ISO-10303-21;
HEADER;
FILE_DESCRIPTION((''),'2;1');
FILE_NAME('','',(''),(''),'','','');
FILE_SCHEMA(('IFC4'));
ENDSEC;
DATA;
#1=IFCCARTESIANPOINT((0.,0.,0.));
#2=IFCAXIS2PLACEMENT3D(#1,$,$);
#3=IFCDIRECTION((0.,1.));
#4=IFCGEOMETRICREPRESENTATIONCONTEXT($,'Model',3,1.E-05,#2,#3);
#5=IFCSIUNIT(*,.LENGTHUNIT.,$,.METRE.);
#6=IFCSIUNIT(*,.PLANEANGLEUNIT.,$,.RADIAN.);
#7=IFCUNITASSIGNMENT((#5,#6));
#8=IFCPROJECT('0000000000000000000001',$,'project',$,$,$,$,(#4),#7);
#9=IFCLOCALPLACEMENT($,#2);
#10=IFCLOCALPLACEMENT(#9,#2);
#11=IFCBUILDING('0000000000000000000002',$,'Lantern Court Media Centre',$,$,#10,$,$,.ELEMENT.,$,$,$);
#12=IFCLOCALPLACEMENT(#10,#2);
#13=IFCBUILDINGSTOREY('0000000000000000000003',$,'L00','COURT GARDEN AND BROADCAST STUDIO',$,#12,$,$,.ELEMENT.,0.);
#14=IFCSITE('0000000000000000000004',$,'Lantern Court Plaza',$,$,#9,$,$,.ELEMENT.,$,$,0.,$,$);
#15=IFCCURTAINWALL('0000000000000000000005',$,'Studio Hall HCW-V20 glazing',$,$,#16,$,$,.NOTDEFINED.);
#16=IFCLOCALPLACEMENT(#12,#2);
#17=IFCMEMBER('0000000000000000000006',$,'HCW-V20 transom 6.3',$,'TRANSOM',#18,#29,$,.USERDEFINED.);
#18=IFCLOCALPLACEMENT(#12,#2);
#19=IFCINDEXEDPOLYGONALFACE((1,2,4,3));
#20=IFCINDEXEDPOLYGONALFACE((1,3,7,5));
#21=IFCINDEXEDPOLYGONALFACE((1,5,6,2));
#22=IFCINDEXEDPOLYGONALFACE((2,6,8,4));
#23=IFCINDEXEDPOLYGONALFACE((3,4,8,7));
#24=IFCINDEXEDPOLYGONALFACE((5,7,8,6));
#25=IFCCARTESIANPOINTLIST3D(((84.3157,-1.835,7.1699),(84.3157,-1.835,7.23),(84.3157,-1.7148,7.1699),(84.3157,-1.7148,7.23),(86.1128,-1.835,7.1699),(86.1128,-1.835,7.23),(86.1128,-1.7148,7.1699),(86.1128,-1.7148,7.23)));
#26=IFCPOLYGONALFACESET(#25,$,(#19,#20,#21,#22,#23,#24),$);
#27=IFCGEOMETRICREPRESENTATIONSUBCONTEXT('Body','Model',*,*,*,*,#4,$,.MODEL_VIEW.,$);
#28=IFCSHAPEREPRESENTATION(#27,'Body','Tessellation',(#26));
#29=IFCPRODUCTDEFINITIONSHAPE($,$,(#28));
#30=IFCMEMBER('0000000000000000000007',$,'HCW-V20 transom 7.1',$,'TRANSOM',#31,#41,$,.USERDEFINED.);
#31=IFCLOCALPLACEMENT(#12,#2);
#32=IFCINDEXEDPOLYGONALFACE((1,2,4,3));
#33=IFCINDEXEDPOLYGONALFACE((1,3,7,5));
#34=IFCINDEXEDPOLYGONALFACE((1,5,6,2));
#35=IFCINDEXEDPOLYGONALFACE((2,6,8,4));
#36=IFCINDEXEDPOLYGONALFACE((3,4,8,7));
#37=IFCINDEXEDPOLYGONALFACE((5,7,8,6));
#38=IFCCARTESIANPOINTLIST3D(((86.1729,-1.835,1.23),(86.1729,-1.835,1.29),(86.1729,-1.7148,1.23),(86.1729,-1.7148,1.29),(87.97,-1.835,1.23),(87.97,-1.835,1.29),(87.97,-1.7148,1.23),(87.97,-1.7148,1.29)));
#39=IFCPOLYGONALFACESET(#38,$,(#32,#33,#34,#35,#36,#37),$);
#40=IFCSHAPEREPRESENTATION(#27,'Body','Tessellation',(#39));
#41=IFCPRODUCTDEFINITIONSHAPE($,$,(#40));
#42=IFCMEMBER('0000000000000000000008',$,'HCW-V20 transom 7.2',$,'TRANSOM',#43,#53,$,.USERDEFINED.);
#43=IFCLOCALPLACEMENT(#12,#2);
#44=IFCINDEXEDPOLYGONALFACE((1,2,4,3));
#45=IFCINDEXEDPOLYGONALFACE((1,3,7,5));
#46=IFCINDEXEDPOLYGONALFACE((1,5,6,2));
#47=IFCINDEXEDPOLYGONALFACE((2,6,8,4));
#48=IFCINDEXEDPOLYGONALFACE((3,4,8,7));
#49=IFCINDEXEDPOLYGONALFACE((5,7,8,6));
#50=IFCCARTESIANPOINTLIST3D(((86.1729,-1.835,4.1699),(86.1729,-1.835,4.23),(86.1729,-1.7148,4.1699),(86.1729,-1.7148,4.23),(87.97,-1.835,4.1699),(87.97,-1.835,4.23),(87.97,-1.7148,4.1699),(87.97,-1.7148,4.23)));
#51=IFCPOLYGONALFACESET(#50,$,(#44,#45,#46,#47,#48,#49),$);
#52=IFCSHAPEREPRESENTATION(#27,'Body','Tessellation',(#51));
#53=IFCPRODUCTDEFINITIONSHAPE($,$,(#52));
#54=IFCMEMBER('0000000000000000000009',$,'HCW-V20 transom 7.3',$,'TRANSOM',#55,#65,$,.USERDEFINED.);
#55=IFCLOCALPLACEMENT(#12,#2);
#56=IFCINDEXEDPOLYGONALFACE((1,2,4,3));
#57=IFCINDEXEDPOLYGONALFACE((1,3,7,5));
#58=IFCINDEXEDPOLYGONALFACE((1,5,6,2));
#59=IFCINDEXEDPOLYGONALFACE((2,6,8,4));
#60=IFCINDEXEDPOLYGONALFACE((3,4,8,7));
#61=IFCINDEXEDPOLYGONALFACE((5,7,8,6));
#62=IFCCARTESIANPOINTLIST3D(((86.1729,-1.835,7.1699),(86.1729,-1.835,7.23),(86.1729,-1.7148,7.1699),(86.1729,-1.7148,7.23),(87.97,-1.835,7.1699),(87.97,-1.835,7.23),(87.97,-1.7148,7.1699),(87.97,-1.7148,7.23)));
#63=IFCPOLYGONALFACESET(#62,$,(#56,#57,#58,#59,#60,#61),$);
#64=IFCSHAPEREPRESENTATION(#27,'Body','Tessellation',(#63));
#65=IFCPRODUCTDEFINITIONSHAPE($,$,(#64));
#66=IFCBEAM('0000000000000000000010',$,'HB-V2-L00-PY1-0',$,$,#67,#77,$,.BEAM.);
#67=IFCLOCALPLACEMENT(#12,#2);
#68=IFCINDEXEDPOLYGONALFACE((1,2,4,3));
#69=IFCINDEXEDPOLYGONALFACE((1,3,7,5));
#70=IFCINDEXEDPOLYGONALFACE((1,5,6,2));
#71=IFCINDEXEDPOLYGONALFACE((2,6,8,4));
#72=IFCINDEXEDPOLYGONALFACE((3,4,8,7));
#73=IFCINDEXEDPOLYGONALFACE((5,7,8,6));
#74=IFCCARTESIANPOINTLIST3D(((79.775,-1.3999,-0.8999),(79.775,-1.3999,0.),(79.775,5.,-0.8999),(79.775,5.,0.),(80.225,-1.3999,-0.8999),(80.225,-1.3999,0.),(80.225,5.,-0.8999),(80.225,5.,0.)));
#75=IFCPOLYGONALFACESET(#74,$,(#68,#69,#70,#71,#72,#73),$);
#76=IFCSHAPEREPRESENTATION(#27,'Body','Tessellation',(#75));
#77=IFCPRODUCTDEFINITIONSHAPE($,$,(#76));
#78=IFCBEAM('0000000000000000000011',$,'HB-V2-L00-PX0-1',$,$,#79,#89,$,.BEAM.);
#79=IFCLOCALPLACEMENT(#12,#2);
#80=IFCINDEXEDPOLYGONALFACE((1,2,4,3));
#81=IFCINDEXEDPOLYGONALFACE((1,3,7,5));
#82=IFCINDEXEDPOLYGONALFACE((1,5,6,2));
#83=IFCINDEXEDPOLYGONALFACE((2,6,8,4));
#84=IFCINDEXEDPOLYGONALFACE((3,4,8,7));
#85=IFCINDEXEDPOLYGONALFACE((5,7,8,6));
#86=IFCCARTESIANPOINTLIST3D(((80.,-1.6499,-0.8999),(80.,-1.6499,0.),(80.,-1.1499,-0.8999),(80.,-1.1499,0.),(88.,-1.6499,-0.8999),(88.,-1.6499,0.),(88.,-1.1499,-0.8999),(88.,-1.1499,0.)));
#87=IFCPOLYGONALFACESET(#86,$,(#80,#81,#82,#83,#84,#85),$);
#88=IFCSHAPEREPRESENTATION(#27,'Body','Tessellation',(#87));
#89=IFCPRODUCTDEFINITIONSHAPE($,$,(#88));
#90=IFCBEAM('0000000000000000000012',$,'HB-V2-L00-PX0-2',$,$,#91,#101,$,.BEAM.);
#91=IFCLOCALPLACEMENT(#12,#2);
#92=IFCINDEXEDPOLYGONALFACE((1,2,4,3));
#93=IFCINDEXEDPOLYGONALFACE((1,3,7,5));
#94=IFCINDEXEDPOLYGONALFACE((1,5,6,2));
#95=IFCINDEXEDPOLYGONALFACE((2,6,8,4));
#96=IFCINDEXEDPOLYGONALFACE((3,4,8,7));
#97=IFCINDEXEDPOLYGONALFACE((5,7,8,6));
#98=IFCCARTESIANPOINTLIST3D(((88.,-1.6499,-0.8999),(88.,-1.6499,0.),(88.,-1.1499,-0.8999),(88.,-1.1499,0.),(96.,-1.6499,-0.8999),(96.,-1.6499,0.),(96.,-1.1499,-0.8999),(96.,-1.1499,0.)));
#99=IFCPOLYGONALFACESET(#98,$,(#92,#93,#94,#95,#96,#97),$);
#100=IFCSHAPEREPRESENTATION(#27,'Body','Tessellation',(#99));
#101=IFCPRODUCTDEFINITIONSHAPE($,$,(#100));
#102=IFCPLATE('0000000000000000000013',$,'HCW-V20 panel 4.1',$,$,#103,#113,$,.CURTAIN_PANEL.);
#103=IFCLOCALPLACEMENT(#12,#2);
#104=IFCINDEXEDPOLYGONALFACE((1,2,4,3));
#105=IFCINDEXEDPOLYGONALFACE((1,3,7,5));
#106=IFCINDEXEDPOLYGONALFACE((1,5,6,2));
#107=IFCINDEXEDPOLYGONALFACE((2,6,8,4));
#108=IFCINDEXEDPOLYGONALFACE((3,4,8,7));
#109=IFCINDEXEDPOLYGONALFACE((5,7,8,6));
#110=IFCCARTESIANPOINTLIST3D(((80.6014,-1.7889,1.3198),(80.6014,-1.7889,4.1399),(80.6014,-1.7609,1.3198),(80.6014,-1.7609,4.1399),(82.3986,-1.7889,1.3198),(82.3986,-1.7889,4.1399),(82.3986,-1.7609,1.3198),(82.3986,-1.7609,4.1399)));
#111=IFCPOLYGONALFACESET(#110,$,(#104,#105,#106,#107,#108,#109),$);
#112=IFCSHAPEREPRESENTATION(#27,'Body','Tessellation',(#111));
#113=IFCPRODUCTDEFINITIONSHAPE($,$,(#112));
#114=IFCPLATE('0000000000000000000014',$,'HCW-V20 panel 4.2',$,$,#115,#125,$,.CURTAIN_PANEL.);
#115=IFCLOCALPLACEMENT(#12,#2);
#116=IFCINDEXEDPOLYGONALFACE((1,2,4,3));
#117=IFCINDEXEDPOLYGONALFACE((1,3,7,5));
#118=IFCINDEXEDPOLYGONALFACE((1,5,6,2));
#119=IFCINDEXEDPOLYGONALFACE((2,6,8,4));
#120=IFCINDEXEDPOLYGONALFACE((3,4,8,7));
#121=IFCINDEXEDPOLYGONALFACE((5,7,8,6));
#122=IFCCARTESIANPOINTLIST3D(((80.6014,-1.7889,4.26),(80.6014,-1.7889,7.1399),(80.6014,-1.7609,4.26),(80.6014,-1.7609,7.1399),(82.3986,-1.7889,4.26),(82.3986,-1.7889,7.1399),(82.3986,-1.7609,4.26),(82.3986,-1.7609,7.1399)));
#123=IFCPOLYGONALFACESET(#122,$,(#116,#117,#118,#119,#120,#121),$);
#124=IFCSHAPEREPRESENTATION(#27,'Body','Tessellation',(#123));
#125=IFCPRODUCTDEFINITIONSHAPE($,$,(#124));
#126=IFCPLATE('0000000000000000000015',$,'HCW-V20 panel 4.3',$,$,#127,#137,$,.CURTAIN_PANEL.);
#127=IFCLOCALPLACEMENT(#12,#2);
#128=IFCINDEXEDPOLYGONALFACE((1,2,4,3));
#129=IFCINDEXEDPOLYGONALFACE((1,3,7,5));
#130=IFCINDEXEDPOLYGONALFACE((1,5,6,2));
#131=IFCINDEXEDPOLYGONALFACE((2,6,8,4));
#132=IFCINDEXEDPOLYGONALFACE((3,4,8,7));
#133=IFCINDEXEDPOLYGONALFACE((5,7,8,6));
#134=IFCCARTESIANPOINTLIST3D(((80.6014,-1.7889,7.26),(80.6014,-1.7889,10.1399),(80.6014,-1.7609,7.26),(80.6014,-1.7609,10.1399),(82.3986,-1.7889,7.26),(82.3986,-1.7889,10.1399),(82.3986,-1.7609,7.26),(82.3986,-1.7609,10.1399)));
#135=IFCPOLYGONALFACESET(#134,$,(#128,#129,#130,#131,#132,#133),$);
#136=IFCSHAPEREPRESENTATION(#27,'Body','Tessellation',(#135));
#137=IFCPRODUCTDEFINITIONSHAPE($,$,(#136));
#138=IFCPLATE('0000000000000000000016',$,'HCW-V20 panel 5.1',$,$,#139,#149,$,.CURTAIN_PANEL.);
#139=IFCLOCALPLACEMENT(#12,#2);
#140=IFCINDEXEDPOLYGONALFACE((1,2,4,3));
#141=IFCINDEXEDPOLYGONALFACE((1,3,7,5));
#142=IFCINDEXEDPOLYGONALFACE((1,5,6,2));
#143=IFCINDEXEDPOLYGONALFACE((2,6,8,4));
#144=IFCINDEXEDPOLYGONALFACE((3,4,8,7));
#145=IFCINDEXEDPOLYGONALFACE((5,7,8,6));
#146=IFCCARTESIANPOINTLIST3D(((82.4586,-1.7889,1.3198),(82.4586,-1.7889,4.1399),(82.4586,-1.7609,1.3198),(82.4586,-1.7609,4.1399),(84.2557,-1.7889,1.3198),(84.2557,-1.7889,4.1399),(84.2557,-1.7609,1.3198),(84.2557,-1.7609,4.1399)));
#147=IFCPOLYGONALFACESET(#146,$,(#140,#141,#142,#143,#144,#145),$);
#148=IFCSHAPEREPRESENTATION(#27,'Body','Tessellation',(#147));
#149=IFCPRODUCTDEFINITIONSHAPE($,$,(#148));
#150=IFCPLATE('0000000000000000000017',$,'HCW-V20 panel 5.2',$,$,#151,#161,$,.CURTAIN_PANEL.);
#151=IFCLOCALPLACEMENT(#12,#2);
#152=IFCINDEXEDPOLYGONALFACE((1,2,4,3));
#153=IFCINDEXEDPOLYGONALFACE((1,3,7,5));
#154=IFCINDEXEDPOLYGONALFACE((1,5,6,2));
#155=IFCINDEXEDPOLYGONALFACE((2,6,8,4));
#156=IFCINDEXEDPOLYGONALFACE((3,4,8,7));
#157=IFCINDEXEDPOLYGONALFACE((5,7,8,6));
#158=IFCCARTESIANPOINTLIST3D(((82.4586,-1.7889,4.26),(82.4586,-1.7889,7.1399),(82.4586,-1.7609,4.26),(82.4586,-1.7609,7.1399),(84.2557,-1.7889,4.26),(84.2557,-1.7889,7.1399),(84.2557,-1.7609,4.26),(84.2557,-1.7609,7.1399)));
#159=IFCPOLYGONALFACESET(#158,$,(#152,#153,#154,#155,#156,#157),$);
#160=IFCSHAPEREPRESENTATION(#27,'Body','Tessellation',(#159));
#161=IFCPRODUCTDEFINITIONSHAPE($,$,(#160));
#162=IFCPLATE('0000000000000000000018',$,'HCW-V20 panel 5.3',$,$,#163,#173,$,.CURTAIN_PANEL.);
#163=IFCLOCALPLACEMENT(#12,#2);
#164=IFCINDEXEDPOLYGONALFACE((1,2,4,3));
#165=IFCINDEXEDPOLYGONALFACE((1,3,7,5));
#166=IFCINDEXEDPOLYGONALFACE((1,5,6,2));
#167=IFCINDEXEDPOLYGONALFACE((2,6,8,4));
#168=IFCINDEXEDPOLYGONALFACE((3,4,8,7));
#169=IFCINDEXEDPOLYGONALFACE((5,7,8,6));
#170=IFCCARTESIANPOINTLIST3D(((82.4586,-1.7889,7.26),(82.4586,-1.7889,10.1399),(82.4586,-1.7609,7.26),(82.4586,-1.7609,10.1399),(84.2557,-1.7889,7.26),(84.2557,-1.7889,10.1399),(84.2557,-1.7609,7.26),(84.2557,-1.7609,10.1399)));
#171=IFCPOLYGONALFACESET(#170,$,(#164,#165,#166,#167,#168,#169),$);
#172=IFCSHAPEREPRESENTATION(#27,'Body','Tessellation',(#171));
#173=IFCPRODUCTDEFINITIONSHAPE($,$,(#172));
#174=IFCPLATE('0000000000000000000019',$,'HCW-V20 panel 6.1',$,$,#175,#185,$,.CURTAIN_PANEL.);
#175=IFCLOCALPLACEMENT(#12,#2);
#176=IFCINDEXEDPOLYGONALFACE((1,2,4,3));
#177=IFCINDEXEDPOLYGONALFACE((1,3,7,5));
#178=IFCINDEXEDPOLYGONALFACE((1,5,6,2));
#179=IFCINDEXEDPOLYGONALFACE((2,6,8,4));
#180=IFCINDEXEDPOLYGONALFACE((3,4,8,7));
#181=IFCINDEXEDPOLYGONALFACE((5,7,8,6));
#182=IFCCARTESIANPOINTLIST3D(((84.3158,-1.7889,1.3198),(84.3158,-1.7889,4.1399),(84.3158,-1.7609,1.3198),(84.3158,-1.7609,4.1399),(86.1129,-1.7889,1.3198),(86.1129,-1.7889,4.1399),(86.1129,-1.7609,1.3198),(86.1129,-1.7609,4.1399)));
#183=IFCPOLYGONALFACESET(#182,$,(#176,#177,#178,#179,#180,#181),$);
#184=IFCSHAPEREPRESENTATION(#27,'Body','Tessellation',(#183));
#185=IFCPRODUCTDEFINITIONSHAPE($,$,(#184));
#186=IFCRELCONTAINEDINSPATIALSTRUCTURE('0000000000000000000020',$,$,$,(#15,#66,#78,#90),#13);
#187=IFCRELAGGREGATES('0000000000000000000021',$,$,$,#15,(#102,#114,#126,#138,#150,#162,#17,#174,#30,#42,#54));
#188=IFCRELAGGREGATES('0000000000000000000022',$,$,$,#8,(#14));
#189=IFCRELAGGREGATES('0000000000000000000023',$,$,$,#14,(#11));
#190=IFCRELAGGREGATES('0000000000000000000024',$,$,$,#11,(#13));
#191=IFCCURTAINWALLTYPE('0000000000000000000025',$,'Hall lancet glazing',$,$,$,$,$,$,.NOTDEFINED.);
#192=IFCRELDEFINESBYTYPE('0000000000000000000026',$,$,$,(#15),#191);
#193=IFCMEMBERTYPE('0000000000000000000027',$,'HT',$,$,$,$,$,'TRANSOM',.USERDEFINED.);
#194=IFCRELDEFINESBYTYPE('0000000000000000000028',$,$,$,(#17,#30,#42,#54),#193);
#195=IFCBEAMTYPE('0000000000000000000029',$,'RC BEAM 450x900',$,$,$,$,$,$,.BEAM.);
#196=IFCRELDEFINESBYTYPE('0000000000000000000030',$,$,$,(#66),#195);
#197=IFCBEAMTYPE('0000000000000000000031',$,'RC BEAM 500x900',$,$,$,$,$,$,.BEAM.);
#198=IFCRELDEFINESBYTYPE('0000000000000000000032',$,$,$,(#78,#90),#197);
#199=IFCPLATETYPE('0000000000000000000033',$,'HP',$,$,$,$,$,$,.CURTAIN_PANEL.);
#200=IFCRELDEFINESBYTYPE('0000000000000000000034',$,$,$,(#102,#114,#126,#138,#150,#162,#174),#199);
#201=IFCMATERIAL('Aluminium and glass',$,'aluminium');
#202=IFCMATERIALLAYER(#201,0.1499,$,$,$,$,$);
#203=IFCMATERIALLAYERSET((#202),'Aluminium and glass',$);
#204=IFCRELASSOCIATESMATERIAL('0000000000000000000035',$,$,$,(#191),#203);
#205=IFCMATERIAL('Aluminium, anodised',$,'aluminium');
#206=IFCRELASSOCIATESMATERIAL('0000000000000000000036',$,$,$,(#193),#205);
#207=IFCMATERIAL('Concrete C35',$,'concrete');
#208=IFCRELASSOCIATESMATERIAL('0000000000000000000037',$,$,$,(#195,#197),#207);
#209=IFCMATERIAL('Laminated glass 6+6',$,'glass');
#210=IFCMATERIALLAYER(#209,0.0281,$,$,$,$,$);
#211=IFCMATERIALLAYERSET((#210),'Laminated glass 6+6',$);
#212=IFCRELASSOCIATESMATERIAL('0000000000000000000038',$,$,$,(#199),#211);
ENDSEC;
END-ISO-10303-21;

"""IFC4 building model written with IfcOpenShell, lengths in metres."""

from ifc_helpers import new_model, si_unit, direction, frame, origin, origin_2d, place, context, subcontext, project, spatial, rectangle, extrude, material, layer, layer_set, material_profile, profile_set, type_object, element, aggregate, save


model = new_model("IFC4")

# Units and contexts
model_context = context("Model", 3, precision=1e-05, world=origin(), true_north=direction((0.0, 1.0)))
body_context = subcontext(model_context, "Body", "Model", "MODEL_VIEW")
ifc_project = project(units=[si_unit("LENGTHUNIT", "METRE"), si_unit("PLANEANGLEUNIT", "RADIAN")], contexts=[model_context])

# Site, building, storey
site_placement = place(None, origin())
site = spatial("IfcSite", under=ifc_project, at=site_placement, Name="Lantern Court Plaza", CompositionType="ELEMENT", RefElevation=0.0)
building_placement = place(site_placement, origin())
building = spatial("IfcBuilding", under=site, at=building_placement, Name="Lantern Court Media Centre", CompositionType="ELEMENT")
storey_placement = place(building_placement, origin())
storey = spatial("IfcBuildingStorey", under=building, at=storey_placement, Name="L00", Description="COURT GARDEN AND BROADCAST STUDIO", CompositionType="ELEMENT", Elevation=0.0)

# Shared definitions
ifc_material_1 = material(Name="Concrete C35", Category="concrete")

# Curtain wall, members
ifc_material_2 = material(Name="Aluminium and glass", Category="aluminium")
ifc_layer_1 = layer(ifc_material_2, 0.1499)
ifc_layer_set_1 = layer_set([ifc_layer_1], Name="Aluminium and glass")
curtain_wall_type = type_object("IfcCurtainWallType", Name="Hall lancet glazing", PredefinedType="NOTDEFINED", material=ifc_layer_set_1)
curtain_wall_placement = place(storey_placement, origin())
curtain_wall = element("IfcCurtainWall", 1, at=curtain_wall_placement, inside=storey, type_object=curtain_wall_type, Name="Studio Hall HCW-V20 glazing", PredefinedType="NOTDEFINED")
ifc_material_3 = material(Name="Aluminium, anodised", Category="aluminium")
ifc_material_profile_1 = material_profile(ifc_material_3, rectangle(XDim=0.1201, YDim=0.0601, at=origin_2d()), Name="HT")
ifc_profile_set_1 = profile_set([ifc_material_profile_1], Name="Aluminium, anodised")
member_type_1 = type_object("IfcMemberType", Name="HT", ElementType="TRANSOM", PredefinedType="USERDEFINED", material=ifc_profile_set_1)
member_1_placement = place(storey_placement, frame((84.3157, -1.7749, 7.2), z_axis=(1.0, 0.0, 0.0), x_axis=(0.0, 1.0, 0.0)))
member_1 = element("IfcMember", 2, at=member_1_placement, type_object=member_type_1, Name="HCW-V20 transom 6.3", ObjectType="TRANSOM", PredefinedType="USERDEFINED", context=body_context, shape_type="SweptSolid", body=[
    extrude(rectangle(XDim=0.1201, YDim=0.0601, at=origin_2d()), origin(), (0.0, 0.0, 1.0), 1.7971),
])
member_2_placement = place(storey_placement, frame((86.1729, -1.7749, 1.26), z_axis=(1.0, 0.0, 0.0), x_axis=(0.0, 1.0, 0.0)))
member_2 = element("IfcMember", 3, at=member_2_placement, type_object=member_type_1, Name="HCW-V20 transom 7.1", ObjectType="TRANSOM", PredefinedType="USERDEFINED", context=body_context, shape_type="SweptSolid", body=[
    extrude(rectangle(XDim=0.1201, YDim=0.0601, at=origin_2d()), origin(), (0.0, 0.0, 1.0), 1.7971),
])
member_3_placement = place(storey_placement, frame((86.1729, -1.7749, 4.2), z_axis=(1.0, 0.0, 0.0), x_axis=(0.0, 1.0, 0.0)))
member_3 = element("IfcMember", 4, at=member_3_placement, type_object=member_type_1, Name="HCW-V20 transom 7.2", ObjectType="TRANSOM", PredefinedType="USERDEFINED", context=body_context, shape_type="SweptSolid", body=[
    extrude(rectangle(XDim=0.1201, YDim=0.0601, at=origin_2d()), origin(), (0.0, 0.0, 1.0), 1.7971),
])
member_4_placement = place(storey_placement, frame((86.1729, -1.7749, 7.2), z_axis=(1.0, 0.0, 0.0), x_axis=(0.0, 1.0, 0.0)))
member_4 = element("IfcMember", 5, at=member_4_placement, type_object=member_type_1, Name="HCW-V20 transom 7.3", ObjectType="TRANSOM", PredefinedType="USERDEFINED", context=body_context, shape_type="SweptSolid", body=[
    extrude(rectangle(XDim=0.1201, YDim=0.0601, at=origin_2d()), origin(), (0.0, 0.0, 1.0), 1.7971),
])

# Beams
ifc_material_profile_2 = material_profile(ifc_material_1, rectangle(XDim=0.45, YDim=0.8999, at=origin_2d()), Name="RC 450x900")
ifc_profile_set_2 = profile_set([ifc_material_profile_2], Name="Concrete C35")
beam_type_1 = type_object("IfcBeamType", Name="RC BEAM 450x900", PredefinedType="BEAM", material=ifc_profile_set_2)
beam_placement = place(storey_placement, frame((80.0, -1.3999, -0.45), z_axis=(0.0, 1.0, 0.0), x_axis=(-1.0, 0.0, 0.0)))
element("IfcBeam", 6, at=beam_placement, inside=storey, type_object=beam_type_1, Name="HB-V2-L00-PY1-0", PredefinedType="BEAM", context=body_context, shape_type="SweptSolid", body=[
    extrude(rectangle(XDim=0.45, YDim=0.8999, at=origin_2d()), origin(), (0.0, 0.0, 1.0), 6.3999),
])
ifc_material_profile_3 = material_profile(ifc_material_1, rectangle(XDim=0.5, YDim=0.8999, at=origin_2d()), Name="RC 500x900")
ifc_profile_set_3 = profile_set([ifc_material_profile_3], Name="Concrete C35")
beam_type_2 = type_object("IfcBeamType", Name="RC BEAM 500x900", PredefinedType="BEAM", material=ifc_profile_set_3)
for number, where, z_axis, x_axis, name in (
    (7, (80.0, -1.3999, -0.45), (1.0, 0.0, 0.0), (0.0, 1.0, 0.0), "HB-V2-L00-PX0-1"),
    (8, (88.0, -1.3999, -0.45), (1.0, 0.0, 0.0), (0.0, 1.0, 0.0), "HB-V2-L00-PX0-2"),
):
    element("IfcBeam", number, at=place(storey_placement, frame(where, z_axis=z_axis, x_axis=x_axis)), inside=storey, type_object=beam_type_2, Name=name, PredefinedType="BEAM", context=body_context, shape_type="SweptSolid", body=[
        extrude(rectangle(XDim=0.5, YDim=0.8999, at=origin_2d()), origin(), (0.0, 0.0, 1.0), 8.0),
    ])

# Plates
ifc_material_4 = material(Name="Laminated glass 6+6", Category="glass")
ifc_layer_2 = layer(ifc_material_4, 0.0281)
ifc_layer_set_2 = layer_set([ifc_layer_2], Name="Laminated glass 6+6")
plate_type = type_object("IfcPlateType", Name="HP", PredefinedType="CURTAIN_PANEL", material=ifc_layer_set_2)
plate_1_placement = place(storey_placement, frame((81.5, -1.7749, 1.3198), z_axis=(0.0, 0.0, 1.0), x_axis=(1.0, 0.0, 0.0)))
plate_1 = element("IfcPlate", 9, at=plate_1_placement, type_object=plate_type, Name="HCW-V20 panel 4.1", PredefinedType="CURTAIN_PANEL", context=body_context, shape_type="SweptSolid", body=[
    extrude(rectangle(XDim=1.7971, YDim=0.0281, at=origin_2d()), origin(), (0.0, 0.0, 1.0), 2.8201),
])
plate_2_placement = place(storey_placement, frame((81.5, -1.7749, 4.26), z_axis=(0.0, 0.0, 1.0), x_axis=(1.0, 0.0, 0.0)))
plate_2 = element("IfcPlate", 10, at=plate_2_placement, type_object=plate_type, Name="HCW-V20 panel 4.2", PredefinedType="CURTAIN_PANEL", context=body_context, shape_type="SweptSolid", body=[
    extrude(rectangle(XDim=1.7971, YDim=0.0281, at=origin_2d()), origin(), (0.0, 0.0, 1.0), 2.8799),
])
plate_3_placement = place(storey_placement, frame((81.5, -1.7749, 7.26), z_axis=(0.0, 0.0, 1.0), x_axis=(1.0, 0.0, 0.0)))
plate_3 = element("IfcPlate", 11, at=plate_3_placement, type_object=plate_type, Name="HCW-V20 panel 4.3", PredefinedType="CURTAIN_PANEL", context=body_context, shape_type="SweptSolid", body=[
    extrude(rectangle(XDim=1.7971, YDim=0.0281, at=origin_2d()), origin(), (0.0, 0.0, 1.0), 2.8799),
])
plate_4_placement = place(storey_placement, frame((83.3572, -1.7749, 1.3198), z_axis=(0.0, 0.0, 1.0), x_axis=(1.0, 0.0, 0.0)))
plate_4 = element("IfcPlate", 12, at=plate_4_placement, type_object=plate_type, Name="HCW-V20 panel 5.1", PredefinedType="CURTAIN_PANEL", context=body_context, shape_type="SweptSolid", body=[
    extrude(rectangle(XDim=1.7971, YDim=0.0281, at=origin_2d()), origin(), (0.0, 0.0, 1.0), 2.8201),
])
plate_5_placement = place(storey_placement, frame((83.3572, -1.7749, 4.26), z_axis=(0.0, 0.0, 1.0), x_axis=(1.0, 0.0, 0.0)))
plate_5 = element("IfcPlate", 13, at=plate_5_placement, type_object=plate_type, Name="HCW-V20 panel 5.2", PredefinedType="CURTAIN_PANEL", context=body_context, shape_type="SweptSolid", body=[
    extrude(rectangle(XDim=1.7971, YDim=0.0281, at=origin_2d()), origin(), (0.0, 0.0, 1.0), 2.8799),
])
plate_6_placement = place(storey_placement, frame((83.3572, -1.7749, 7.26), z_axis=(0.0, 0.0, 1.0), x_axis=(1.0, 0.0, 0.0)))
plate_6 = element("IfcPlate", 14, at=plate_6_placement, type_object=plate_type, Name="HCW-V20 panel 5.3", PredefinedType="CURTAIN_PANEL", context=body_context, shape_type="SweptSolid", body=[
    extrude(rectangle(XDim=1.7971, YDim=0.0281, at=origin_2d()), origin(), (0.0, 0.0, 1.0), 2.8799),
])
plate_7_placement = place(storey_placement, frame((85.2144, -1.7749, 1.3198), z_axis=(0.0, 0.0, 1.0), x_axis=(1.0, 0.0, 0.0)))
plate_7 = element("IfcPlate", 15, at=plate_7_placement, type_object=plate_type, Name="HCW-V20 panel 6.1", PredefinedType="CURTAIN_PANEL", context=body_context, shape_type="SweptSolid", body=[
    extrude(rectangle(XDim=1.7971, YDim=0.0281, at=origin_2d()), origin(), (0.0, 0.0, 1.0), 2.8201),
])
aggregate(curtain_wall, [plate_1, plate_2, plate_3, plate_4, plate_5, plate_6, member_1, plate_7, member_2, member_3, member_4])

save(model, "model.ifc")
